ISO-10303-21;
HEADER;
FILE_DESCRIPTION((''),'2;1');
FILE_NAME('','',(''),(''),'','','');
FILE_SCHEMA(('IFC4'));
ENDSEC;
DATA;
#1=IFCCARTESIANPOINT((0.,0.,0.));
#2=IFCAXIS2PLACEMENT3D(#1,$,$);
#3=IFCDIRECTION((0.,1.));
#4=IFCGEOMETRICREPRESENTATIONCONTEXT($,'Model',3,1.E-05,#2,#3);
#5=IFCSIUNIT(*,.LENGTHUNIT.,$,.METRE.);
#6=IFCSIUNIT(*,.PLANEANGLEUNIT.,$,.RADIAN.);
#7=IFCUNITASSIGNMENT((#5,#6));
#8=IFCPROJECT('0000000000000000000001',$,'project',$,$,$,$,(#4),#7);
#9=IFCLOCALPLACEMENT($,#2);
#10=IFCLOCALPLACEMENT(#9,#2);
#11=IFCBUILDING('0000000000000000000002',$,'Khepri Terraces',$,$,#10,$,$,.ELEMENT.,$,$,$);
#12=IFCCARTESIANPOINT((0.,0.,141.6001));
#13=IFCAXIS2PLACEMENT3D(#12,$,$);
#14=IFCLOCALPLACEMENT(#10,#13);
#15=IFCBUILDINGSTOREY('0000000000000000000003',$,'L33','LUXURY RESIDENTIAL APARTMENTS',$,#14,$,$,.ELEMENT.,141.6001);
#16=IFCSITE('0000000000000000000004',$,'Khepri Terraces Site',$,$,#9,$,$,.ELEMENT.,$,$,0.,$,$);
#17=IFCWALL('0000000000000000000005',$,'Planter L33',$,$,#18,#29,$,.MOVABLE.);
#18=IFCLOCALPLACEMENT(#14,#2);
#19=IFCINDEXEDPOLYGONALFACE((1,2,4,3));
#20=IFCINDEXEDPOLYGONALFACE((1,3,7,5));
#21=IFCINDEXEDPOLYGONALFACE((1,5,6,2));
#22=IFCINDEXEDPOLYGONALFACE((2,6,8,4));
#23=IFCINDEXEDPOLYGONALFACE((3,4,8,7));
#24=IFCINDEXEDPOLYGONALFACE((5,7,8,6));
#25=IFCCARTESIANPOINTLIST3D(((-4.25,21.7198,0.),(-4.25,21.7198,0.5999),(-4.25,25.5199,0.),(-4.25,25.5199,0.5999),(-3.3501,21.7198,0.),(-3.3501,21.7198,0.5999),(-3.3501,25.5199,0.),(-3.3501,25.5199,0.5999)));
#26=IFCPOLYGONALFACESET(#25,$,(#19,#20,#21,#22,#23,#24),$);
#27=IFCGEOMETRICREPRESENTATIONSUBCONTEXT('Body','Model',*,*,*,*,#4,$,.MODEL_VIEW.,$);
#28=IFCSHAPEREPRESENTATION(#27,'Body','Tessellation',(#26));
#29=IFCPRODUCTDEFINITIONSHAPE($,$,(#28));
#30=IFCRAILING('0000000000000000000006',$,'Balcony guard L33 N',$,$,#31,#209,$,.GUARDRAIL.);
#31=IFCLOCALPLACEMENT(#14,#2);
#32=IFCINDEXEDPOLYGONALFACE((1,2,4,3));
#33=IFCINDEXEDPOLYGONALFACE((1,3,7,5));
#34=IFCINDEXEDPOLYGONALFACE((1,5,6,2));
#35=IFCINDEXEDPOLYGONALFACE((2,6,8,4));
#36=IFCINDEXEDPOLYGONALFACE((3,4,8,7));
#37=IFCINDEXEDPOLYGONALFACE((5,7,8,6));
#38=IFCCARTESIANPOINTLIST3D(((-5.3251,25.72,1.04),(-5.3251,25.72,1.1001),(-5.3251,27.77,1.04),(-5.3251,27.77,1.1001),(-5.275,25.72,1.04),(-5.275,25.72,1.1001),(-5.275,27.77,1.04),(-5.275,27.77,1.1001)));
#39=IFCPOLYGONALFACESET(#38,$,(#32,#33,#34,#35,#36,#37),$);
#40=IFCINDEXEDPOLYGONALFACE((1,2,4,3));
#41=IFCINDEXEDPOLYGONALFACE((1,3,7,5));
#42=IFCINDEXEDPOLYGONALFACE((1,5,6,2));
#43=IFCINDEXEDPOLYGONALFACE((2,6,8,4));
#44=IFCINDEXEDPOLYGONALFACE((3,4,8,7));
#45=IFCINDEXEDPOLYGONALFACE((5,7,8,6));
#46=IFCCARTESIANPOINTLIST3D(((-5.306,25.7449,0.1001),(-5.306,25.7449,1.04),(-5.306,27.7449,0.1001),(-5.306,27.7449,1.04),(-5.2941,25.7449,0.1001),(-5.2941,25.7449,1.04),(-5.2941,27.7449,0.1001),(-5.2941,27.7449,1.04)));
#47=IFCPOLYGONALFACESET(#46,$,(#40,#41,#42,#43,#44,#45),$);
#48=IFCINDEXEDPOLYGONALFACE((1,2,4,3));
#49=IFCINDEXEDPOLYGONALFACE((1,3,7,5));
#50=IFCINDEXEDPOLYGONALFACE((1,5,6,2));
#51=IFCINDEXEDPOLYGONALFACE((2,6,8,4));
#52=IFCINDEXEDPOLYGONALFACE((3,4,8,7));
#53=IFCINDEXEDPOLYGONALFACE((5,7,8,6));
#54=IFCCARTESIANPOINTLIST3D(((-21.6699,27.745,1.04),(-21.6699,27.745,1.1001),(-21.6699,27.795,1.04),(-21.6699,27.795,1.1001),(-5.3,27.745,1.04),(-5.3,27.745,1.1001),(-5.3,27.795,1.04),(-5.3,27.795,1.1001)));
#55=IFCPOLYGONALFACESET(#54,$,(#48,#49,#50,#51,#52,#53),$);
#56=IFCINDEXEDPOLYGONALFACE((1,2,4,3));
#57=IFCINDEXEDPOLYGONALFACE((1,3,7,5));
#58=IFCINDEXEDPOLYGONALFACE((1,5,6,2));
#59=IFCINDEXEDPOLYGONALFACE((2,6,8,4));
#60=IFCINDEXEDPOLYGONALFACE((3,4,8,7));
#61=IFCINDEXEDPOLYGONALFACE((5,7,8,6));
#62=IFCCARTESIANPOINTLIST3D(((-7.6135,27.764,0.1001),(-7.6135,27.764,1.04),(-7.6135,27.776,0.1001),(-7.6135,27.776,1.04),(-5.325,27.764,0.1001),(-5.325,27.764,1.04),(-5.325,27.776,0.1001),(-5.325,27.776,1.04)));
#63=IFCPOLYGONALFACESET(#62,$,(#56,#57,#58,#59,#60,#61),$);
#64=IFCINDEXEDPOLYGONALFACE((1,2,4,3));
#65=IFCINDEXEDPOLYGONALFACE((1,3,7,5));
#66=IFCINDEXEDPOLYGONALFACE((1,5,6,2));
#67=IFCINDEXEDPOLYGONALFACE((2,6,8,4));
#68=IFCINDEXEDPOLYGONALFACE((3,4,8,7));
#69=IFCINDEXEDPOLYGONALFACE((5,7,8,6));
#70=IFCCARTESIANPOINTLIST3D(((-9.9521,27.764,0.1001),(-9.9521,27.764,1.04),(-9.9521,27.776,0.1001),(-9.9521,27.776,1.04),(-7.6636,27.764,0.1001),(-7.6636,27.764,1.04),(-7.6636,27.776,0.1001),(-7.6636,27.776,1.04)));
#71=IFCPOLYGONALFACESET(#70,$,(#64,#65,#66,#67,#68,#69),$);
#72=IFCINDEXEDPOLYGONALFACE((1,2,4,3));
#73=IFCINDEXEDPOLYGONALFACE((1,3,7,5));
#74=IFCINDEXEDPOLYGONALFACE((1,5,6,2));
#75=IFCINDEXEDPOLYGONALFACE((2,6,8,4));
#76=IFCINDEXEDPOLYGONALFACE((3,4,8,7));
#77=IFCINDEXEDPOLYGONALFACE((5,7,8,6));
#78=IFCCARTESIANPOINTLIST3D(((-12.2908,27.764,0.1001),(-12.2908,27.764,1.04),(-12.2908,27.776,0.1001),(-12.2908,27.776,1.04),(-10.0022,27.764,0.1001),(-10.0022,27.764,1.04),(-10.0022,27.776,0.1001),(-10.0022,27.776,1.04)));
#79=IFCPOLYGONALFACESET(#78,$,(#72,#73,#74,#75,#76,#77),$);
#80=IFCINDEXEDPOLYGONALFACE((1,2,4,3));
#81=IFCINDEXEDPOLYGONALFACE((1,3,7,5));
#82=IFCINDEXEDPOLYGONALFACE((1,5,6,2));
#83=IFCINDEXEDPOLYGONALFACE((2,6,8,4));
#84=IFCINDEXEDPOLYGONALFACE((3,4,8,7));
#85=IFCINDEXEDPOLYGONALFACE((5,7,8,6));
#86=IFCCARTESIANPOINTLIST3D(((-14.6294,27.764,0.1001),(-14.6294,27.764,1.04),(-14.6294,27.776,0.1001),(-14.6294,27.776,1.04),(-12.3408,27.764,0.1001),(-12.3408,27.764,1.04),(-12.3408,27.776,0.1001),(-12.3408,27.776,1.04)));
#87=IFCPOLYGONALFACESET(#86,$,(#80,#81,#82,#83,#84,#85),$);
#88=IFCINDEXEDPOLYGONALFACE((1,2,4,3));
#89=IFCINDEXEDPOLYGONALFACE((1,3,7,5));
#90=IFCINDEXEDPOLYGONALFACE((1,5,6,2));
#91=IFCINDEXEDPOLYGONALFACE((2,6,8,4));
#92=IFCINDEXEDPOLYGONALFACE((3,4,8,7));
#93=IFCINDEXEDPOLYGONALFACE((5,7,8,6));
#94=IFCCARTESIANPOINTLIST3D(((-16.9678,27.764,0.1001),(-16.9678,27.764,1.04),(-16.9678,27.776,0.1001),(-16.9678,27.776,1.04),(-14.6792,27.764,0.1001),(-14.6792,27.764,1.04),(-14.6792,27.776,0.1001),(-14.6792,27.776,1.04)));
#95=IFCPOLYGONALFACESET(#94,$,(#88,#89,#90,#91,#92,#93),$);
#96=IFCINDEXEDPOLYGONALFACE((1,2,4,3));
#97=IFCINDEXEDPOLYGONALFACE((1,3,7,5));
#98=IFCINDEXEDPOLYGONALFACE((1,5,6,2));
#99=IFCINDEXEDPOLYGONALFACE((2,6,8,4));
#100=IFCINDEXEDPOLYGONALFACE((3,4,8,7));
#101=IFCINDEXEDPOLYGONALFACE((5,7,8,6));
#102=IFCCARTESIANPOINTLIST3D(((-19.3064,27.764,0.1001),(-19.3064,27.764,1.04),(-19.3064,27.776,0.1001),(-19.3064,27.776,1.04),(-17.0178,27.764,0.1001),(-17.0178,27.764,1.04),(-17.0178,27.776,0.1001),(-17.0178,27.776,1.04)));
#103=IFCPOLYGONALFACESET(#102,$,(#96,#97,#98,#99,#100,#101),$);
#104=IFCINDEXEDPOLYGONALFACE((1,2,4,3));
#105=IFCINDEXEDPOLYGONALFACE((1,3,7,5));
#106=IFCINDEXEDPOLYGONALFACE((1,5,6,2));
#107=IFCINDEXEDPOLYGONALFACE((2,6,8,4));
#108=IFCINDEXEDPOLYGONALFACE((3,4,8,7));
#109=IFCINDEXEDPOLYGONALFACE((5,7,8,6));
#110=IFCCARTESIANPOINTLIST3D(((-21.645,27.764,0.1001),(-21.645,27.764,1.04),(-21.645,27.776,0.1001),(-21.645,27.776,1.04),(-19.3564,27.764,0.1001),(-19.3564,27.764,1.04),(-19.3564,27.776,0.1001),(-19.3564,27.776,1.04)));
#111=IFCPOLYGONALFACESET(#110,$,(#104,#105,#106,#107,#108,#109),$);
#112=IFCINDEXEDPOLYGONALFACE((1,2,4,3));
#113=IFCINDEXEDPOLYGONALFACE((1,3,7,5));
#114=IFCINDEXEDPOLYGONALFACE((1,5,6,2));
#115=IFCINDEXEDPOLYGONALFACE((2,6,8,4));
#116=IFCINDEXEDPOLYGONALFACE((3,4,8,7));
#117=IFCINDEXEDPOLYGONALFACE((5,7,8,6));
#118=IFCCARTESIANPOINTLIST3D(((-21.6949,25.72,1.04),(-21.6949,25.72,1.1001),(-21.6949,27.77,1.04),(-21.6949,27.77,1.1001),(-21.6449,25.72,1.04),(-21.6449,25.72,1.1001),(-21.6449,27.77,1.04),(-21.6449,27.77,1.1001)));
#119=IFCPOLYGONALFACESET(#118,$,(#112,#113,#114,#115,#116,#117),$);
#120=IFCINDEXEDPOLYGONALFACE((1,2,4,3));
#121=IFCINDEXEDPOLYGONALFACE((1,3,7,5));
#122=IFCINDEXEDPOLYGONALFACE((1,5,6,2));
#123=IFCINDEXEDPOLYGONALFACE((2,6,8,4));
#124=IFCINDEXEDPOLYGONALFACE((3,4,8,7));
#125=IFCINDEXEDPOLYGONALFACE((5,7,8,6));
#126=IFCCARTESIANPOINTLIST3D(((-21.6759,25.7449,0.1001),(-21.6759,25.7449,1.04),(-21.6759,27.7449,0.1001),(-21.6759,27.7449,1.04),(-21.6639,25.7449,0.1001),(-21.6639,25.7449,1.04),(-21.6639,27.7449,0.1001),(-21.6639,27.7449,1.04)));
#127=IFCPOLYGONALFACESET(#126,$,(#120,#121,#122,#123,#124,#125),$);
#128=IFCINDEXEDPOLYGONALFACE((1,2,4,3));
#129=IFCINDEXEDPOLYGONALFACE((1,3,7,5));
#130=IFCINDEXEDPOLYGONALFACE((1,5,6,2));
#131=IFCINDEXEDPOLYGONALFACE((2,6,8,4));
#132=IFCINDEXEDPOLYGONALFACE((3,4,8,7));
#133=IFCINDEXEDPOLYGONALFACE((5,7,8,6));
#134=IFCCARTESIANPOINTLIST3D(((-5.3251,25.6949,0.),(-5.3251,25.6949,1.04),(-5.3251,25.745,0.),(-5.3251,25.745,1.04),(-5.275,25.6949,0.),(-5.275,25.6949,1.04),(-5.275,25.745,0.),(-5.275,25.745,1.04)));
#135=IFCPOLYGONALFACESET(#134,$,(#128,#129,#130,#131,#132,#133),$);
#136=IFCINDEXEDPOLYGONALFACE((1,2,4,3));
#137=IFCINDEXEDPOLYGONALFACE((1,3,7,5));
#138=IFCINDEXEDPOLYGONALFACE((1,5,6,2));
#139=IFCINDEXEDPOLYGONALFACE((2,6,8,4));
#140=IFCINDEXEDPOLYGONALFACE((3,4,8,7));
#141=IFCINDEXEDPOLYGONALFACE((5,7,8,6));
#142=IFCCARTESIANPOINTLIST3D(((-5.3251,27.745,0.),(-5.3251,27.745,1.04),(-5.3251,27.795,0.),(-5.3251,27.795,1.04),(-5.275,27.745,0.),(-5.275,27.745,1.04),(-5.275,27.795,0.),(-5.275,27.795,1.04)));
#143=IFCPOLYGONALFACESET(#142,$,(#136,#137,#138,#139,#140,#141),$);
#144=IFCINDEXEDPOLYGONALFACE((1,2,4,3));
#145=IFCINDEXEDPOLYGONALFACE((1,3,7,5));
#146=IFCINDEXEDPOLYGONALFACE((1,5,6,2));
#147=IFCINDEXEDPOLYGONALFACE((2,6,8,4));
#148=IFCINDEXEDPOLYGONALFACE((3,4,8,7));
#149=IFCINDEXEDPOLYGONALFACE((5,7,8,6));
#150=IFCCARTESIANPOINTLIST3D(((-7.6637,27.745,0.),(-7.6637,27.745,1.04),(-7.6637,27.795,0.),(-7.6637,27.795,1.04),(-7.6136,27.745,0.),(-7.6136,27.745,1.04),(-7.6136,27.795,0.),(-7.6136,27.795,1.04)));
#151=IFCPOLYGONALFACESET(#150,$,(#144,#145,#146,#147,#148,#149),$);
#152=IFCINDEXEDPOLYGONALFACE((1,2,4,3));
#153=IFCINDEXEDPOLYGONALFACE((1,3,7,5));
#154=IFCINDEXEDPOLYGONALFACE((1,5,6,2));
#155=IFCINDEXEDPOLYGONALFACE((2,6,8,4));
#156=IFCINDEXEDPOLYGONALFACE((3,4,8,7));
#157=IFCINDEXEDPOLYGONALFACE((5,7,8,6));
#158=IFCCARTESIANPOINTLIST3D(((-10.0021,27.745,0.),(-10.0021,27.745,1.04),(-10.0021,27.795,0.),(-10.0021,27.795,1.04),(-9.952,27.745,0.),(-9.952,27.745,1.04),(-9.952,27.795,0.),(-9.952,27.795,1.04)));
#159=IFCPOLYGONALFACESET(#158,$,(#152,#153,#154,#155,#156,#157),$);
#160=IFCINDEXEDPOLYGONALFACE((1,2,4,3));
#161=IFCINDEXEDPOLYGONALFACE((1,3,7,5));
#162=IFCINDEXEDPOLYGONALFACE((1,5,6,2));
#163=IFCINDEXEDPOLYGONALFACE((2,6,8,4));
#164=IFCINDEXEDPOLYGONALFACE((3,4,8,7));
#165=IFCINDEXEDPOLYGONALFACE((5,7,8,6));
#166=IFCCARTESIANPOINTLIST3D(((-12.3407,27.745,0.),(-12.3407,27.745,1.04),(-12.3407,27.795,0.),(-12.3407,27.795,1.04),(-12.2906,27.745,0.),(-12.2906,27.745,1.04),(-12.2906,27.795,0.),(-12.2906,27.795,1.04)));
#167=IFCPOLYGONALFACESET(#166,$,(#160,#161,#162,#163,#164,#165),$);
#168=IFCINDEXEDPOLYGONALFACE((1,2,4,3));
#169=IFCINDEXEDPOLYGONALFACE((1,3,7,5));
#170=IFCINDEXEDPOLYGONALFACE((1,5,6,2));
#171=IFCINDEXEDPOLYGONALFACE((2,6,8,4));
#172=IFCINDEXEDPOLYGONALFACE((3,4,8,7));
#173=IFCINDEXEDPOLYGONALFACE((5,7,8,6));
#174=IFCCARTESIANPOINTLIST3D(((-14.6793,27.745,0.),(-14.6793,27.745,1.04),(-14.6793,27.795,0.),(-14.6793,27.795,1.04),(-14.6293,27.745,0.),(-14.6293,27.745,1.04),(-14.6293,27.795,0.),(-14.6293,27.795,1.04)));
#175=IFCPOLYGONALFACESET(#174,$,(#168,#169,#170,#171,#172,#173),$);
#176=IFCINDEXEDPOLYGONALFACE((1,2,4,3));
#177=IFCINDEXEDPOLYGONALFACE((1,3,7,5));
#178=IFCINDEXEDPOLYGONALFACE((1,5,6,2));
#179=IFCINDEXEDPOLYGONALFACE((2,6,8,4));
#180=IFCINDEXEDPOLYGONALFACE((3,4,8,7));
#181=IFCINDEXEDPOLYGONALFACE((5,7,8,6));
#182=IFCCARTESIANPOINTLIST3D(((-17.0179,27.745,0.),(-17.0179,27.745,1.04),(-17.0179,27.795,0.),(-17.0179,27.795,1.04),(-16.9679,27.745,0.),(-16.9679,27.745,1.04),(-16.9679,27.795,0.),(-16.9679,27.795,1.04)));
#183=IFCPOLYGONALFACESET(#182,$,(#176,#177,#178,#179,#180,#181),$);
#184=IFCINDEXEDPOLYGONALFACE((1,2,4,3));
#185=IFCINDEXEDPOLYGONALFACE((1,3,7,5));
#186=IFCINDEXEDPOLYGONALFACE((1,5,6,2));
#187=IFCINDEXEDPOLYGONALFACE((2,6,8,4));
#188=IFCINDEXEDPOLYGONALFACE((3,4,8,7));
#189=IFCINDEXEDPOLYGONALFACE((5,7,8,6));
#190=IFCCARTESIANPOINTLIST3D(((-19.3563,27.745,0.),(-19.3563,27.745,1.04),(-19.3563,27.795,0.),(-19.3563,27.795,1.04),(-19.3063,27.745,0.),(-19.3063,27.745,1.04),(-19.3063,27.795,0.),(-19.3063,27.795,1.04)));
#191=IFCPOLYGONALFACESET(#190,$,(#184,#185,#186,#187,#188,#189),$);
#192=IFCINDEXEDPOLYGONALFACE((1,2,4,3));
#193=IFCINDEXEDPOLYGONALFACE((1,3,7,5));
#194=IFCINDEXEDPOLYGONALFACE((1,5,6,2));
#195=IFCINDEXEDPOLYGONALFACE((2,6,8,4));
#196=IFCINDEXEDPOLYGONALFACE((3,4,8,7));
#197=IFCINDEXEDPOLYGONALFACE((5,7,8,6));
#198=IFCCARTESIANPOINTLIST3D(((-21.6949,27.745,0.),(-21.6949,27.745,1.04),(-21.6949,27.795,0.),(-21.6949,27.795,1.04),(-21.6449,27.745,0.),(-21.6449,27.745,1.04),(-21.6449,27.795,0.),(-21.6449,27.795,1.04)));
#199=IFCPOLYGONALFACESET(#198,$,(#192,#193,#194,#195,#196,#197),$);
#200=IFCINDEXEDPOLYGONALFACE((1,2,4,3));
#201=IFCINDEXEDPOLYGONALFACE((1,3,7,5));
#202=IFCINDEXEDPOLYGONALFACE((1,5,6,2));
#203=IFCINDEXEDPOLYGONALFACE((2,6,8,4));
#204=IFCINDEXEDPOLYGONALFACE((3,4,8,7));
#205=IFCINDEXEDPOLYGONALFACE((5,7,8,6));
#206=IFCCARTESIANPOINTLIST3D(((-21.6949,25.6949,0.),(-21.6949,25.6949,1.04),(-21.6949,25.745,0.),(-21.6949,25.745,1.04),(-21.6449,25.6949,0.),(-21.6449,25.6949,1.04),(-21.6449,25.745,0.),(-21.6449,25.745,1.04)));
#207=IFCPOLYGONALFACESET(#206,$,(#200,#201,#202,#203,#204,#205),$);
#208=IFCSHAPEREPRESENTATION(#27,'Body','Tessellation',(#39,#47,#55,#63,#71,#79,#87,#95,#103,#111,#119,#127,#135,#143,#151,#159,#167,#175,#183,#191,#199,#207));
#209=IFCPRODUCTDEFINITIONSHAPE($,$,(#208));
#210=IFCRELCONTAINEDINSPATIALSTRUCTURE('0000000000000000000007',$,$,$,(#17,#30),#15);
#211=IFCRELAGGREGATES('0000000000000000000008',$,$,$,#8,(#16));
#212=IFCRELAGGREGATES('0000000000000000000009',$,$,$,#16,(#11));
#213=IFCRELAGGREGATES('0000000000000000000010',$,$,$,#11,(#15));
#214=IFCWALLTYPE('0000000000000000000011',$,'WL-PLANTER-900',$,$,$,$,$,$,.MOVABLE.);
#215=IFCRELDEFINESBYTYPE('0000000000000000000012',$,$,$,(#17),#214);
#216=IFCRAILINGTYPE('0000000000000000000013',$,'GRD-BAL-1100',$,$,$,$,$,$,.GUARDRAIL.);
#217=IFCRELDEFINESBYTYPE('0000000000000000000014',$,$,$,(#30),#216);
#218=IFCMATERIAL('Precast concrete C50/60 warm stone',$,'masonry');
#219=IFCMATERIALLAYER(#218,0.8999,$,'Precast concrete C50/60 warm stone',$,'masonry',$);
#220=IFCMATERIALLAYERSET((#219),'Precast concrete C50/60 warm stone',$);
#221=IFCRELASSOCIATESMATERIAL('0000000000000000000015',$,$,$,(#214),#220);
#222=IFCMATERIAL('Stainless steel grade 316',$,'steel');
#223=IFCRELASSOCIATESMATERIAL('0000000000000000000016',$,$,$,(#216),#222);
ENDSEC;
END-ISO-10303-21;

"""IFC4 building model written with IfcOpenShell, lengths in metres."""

from ifc_helpers import new_model, si_unit, direction, frame, frame_2d, origin, origin_2d, place, context, subcontext, project, spatial, rectangle, extrude, material, layer, layer_set, type_object, element, save


model = new_model("IFC4")

# Units and contexts
model_context = context("Model", 3, precision=1e-05, world=origin(), true_north=direction((0.0, 1.0)))
body_context = subcontext(model_context, "Body", "Model", "MODEL_VIEW")
ifc_project = project(units=[si_unit("LENGTHUNIT", "METRE"), si_unit("PLANEANGLEUNIT", "RADIAN")], contexts=[model_context])

# Site, building, storey
site_placement = place(None, origin())
site = spatial("IfcSite", under=ifc_project, at=site_placement, Name="Khepri Terraces Site", CompositionType="ELEMENT", RefElevation=0.0)
building_placement = place(site_placement, origin())
building = spatial("IfcBuilding", under=site, at=building_placement, Name="Khepri Terraces", CompositionType="ELEMENT")
storey_placement = place(building_placement, frame((0.0, 0.0, 141.6001)))
storey = spatial("IfcBuildingStorey", under=building, at=storey_placement, Name="L33", Description="LUXURY RESIDENTIAL APARTMENTS", CompositionType="ELEMENT", Elevation=141.6001)

# Shared definitions
ifc_material_1 = material(Name="Precast concrete C50/60 warm stone", Category="masonry")

# Wall
ifc_layer_1 = layer(ifc_material_1, 0.8999, Name="Precast concrete C50/60 warm stone", Category="masonry")
ifc_layer_set_1 = layer_set([ifc_layer_1], Name="Precast concrete C50/60 warm stone")
wall_type_1 = type_object("IfcWallType", Name="WL-PLANTER-900", PredefinedType="MOVABLE", material=ifc_layer_set_1)
wall_1_placement = place(storey_placement, frame((-3.8, 21.72, 0.0), z_axis=(0.0, 0.0, 1.0), x_axis=(0.0, 1.0, 0.0)))
element("IfcWall", 1, at=wall_1_placement, inside=storey, type_object=wall_type_1, Name="Planter L33", PredefinedType="MOVABLE", context=body_context, shape_type="SweptSolid", body=[
    extrude(rectangle(XDim=3.8, YDim=0.8999, at=frame_2d((1.8999, 0.0))), origin(), (0.0, 0.0, 1.0), 0.5999),
])

# Railing
ifc_material_2 = material(Name="Stainless steel grade 316", Category="steel")
railing_type_1 = type_object("IfcRailingType", Name="GRD-BAL-1100", PredefinedType="GUARDRAIL", material=ifc_material_2)
railing_1_placement = place(storey_placement, frame((-5.3, 25.72, 0.0)))
element("IfcRailing", 2, at=railing_1_placement, inside=storey, type_object=railing_type_1, Name="Balcony guard L33 N", PredefinedType="GUARDRAIL", context=body_context, shape_type="SweptSolid", body=[
    extrude(rectangle(XDim=0.05, YDim=0.0601, at=origin_2d()), frame((0.0, 0.0, 1.0701), z_axis=(0.0, 1.0, 0.0), x_axis=(-1.0, 0.0, 0.0)), (0.0, 0.0, 1.0), 2.05),
    extrude(rectangle(XDim=2.0, YDim=0.012, at=origin_2d()), frame((0.0, 1.0249, 0.1001), z_axis=(0.0, 0.0, 1.0), x_axis=(0.0, 1.0, 0.0)), (0.0, 0.0, 1.0), 0.9399),
    extrude(rectangle(XDim=0.05, YDim=0.0601, at=origin_2d()), frame((0.0, 2.05, 1.0701), z_axis=(-1.0, 0.0, 0.0), x_axis=(0.0, -1.0, 0.0)), (0.0, 0.0, 1.0), 16.3699),
    extrude(rectangle(XDim=2.2886, YDim=0.012, at=origin_2d()), frame((-1.1692, 2.05, 0.1001), z_axis=(0.0, 0.0, 1.0), x_axis=(-1.0, 0.0, 0.0)), (0.0, 0.0, 1.0), 0.9399),
    extrude(rectangle(XDim=2.2886, YDim=0.012, at=origin_2d()), frame((-3.5078, 2.05, 0.1001), z_axis=(0.0, 0.0, 1.0), x_axis=(-1.0, 0.0, 0.0)), (0.0, 0.0, 1.0), 0.9399),
    extrude(rectangle(XDim=2.2886, YDim=0.012, at=origin_2d()), frame((-5.8464, 2.05, 0.1001), z_axis=(0.0, 0.0, 1.0), x_axis=(-1.0, 0.0, 0.0)), (0.0, 0.0, 1.0), 0.9399),
    extrude(rectangle(XDim=2.2886, YDim=0.012, at=origin_2d()), frame((-8.1851, 2.05, 0.1001), z_axis=(0.0, 0.0, 1.0), x_axis=(-1.0, 0.0, 0.0)), (0.0, 0.0, 1.0), 0.9399),
    extrude(rectangle(XDim=2.2886, YDim=0.012, at=origin_2d()), frame((-10.5234, 2.05, 0.1001), z_axis=(0.0, 0.0, 1.0), x_axis=(-1.0, 0.0, 0.0)), (0.0, 0.0, 1.0), 0.9399),
    extrude(rectangle(XDim=2.2886, YDim=0.012, at=origin_2d()), frame((-12.8621, 2.05, 0.1001), z_axis=(0.0, 0.0, 1.0), x_axis=(-1.0, 0.0, 0.0)), (0.0, 0.0, 1.0), 0.9399),
    extrude(rectangle(XDim=2.2886, YDim=0.012, at=origin_2d()), frame((-15.2007, 2.05, 0.1001), z_axis=(0.0, 0.0, 1.0), x_axis=(-1.0, 0.0, 0.0)), (0.0, 0.0, 1.0), 0.9399),
    extrude(rectangle(XDim=0.05, YDim=0.0601, at=origin_2d()), frame((-16.3699, 2.05, 1.0701), z_axis=(0.0, -1.0, 0.0), x_axis=(1.0, 0.0, 0.0)), (0.0, 0.0, 1.0), 2.05),
    extrude(rectangle(XDim=2.0, YDim=0.012, at=origin_2d()), frame((-16.3699, 1.0249, 0.1001), z_axis=(0.0, 0.0, 1.0), x_axis=(0.0, -1.0, 0.0)), (0.0, 0.0, 1.0), 0.9399),
    extrude(rectangle(XDim=0.05, YDim=0.05, at=origin_2d()), origin(), (0.0, 0.0, 1.0), 1.04),
    extrude(rectangle(XDim=0.05, YDim=0.05, at=origin_2d()), frame((0.0, 2.05, 0.0)), (0.0, 0.0, 1.0), 1.04),
    extrude(rectangle(XDim=0.05, YDim=0.05, at=origin_2d()), frame((-2.3386, 2.05, 0.0)), (0.0, 0.0, 1.0), 1.04),
    extrude(rectangle(XDim=0.05, YDim=0.05, at=origin_2d()), frame((-4.677, 2.05, 0.0)), (0.0, 0.0, 1.0), 1.04),
    extrude(rectangle(XDim=0.05, YDim=0.05, at=origin_2d()), frame((-7.0156, 2.05, 0.0)), (0.0, 0.0, 1.0), 1.04),
    extrude(rectangle(XDim=0.05, YDim=0.05, at=origin_2d()), frame((-9.3542, 2.05, 0.0)), (0.0, 0.0, 1.0), 1.04),
    extrude(rectangle(XDim=0.05, YDim=0.05, at=origin_2d()), frame((-11.6929, 2.05, 0.0)), (0.0, 0.0, 1.0), 1.04),
    extrude(rectangle(XDim=0.05, YDim=0.05, at=origin_2d()), frame((-14.0312, 2.05, 0.0)), (0.0, 0.0, 1.0), 1.04),
    extrude(rectangle(XDim=0.05, YDim=0.05, at=origin_2d()), frame((-16.3699, 2.05, 0.0)), (0.0, 0.0, 1.0), 1.04),
    extrude(rectangle(XDim=0.05, YDim=0.05, at=origin_2d()), frame((-16.3699, 0.0, 0.0)), (0.0, 0.0, 1.0), 1.04),
])

save(model, "model.ifc")
